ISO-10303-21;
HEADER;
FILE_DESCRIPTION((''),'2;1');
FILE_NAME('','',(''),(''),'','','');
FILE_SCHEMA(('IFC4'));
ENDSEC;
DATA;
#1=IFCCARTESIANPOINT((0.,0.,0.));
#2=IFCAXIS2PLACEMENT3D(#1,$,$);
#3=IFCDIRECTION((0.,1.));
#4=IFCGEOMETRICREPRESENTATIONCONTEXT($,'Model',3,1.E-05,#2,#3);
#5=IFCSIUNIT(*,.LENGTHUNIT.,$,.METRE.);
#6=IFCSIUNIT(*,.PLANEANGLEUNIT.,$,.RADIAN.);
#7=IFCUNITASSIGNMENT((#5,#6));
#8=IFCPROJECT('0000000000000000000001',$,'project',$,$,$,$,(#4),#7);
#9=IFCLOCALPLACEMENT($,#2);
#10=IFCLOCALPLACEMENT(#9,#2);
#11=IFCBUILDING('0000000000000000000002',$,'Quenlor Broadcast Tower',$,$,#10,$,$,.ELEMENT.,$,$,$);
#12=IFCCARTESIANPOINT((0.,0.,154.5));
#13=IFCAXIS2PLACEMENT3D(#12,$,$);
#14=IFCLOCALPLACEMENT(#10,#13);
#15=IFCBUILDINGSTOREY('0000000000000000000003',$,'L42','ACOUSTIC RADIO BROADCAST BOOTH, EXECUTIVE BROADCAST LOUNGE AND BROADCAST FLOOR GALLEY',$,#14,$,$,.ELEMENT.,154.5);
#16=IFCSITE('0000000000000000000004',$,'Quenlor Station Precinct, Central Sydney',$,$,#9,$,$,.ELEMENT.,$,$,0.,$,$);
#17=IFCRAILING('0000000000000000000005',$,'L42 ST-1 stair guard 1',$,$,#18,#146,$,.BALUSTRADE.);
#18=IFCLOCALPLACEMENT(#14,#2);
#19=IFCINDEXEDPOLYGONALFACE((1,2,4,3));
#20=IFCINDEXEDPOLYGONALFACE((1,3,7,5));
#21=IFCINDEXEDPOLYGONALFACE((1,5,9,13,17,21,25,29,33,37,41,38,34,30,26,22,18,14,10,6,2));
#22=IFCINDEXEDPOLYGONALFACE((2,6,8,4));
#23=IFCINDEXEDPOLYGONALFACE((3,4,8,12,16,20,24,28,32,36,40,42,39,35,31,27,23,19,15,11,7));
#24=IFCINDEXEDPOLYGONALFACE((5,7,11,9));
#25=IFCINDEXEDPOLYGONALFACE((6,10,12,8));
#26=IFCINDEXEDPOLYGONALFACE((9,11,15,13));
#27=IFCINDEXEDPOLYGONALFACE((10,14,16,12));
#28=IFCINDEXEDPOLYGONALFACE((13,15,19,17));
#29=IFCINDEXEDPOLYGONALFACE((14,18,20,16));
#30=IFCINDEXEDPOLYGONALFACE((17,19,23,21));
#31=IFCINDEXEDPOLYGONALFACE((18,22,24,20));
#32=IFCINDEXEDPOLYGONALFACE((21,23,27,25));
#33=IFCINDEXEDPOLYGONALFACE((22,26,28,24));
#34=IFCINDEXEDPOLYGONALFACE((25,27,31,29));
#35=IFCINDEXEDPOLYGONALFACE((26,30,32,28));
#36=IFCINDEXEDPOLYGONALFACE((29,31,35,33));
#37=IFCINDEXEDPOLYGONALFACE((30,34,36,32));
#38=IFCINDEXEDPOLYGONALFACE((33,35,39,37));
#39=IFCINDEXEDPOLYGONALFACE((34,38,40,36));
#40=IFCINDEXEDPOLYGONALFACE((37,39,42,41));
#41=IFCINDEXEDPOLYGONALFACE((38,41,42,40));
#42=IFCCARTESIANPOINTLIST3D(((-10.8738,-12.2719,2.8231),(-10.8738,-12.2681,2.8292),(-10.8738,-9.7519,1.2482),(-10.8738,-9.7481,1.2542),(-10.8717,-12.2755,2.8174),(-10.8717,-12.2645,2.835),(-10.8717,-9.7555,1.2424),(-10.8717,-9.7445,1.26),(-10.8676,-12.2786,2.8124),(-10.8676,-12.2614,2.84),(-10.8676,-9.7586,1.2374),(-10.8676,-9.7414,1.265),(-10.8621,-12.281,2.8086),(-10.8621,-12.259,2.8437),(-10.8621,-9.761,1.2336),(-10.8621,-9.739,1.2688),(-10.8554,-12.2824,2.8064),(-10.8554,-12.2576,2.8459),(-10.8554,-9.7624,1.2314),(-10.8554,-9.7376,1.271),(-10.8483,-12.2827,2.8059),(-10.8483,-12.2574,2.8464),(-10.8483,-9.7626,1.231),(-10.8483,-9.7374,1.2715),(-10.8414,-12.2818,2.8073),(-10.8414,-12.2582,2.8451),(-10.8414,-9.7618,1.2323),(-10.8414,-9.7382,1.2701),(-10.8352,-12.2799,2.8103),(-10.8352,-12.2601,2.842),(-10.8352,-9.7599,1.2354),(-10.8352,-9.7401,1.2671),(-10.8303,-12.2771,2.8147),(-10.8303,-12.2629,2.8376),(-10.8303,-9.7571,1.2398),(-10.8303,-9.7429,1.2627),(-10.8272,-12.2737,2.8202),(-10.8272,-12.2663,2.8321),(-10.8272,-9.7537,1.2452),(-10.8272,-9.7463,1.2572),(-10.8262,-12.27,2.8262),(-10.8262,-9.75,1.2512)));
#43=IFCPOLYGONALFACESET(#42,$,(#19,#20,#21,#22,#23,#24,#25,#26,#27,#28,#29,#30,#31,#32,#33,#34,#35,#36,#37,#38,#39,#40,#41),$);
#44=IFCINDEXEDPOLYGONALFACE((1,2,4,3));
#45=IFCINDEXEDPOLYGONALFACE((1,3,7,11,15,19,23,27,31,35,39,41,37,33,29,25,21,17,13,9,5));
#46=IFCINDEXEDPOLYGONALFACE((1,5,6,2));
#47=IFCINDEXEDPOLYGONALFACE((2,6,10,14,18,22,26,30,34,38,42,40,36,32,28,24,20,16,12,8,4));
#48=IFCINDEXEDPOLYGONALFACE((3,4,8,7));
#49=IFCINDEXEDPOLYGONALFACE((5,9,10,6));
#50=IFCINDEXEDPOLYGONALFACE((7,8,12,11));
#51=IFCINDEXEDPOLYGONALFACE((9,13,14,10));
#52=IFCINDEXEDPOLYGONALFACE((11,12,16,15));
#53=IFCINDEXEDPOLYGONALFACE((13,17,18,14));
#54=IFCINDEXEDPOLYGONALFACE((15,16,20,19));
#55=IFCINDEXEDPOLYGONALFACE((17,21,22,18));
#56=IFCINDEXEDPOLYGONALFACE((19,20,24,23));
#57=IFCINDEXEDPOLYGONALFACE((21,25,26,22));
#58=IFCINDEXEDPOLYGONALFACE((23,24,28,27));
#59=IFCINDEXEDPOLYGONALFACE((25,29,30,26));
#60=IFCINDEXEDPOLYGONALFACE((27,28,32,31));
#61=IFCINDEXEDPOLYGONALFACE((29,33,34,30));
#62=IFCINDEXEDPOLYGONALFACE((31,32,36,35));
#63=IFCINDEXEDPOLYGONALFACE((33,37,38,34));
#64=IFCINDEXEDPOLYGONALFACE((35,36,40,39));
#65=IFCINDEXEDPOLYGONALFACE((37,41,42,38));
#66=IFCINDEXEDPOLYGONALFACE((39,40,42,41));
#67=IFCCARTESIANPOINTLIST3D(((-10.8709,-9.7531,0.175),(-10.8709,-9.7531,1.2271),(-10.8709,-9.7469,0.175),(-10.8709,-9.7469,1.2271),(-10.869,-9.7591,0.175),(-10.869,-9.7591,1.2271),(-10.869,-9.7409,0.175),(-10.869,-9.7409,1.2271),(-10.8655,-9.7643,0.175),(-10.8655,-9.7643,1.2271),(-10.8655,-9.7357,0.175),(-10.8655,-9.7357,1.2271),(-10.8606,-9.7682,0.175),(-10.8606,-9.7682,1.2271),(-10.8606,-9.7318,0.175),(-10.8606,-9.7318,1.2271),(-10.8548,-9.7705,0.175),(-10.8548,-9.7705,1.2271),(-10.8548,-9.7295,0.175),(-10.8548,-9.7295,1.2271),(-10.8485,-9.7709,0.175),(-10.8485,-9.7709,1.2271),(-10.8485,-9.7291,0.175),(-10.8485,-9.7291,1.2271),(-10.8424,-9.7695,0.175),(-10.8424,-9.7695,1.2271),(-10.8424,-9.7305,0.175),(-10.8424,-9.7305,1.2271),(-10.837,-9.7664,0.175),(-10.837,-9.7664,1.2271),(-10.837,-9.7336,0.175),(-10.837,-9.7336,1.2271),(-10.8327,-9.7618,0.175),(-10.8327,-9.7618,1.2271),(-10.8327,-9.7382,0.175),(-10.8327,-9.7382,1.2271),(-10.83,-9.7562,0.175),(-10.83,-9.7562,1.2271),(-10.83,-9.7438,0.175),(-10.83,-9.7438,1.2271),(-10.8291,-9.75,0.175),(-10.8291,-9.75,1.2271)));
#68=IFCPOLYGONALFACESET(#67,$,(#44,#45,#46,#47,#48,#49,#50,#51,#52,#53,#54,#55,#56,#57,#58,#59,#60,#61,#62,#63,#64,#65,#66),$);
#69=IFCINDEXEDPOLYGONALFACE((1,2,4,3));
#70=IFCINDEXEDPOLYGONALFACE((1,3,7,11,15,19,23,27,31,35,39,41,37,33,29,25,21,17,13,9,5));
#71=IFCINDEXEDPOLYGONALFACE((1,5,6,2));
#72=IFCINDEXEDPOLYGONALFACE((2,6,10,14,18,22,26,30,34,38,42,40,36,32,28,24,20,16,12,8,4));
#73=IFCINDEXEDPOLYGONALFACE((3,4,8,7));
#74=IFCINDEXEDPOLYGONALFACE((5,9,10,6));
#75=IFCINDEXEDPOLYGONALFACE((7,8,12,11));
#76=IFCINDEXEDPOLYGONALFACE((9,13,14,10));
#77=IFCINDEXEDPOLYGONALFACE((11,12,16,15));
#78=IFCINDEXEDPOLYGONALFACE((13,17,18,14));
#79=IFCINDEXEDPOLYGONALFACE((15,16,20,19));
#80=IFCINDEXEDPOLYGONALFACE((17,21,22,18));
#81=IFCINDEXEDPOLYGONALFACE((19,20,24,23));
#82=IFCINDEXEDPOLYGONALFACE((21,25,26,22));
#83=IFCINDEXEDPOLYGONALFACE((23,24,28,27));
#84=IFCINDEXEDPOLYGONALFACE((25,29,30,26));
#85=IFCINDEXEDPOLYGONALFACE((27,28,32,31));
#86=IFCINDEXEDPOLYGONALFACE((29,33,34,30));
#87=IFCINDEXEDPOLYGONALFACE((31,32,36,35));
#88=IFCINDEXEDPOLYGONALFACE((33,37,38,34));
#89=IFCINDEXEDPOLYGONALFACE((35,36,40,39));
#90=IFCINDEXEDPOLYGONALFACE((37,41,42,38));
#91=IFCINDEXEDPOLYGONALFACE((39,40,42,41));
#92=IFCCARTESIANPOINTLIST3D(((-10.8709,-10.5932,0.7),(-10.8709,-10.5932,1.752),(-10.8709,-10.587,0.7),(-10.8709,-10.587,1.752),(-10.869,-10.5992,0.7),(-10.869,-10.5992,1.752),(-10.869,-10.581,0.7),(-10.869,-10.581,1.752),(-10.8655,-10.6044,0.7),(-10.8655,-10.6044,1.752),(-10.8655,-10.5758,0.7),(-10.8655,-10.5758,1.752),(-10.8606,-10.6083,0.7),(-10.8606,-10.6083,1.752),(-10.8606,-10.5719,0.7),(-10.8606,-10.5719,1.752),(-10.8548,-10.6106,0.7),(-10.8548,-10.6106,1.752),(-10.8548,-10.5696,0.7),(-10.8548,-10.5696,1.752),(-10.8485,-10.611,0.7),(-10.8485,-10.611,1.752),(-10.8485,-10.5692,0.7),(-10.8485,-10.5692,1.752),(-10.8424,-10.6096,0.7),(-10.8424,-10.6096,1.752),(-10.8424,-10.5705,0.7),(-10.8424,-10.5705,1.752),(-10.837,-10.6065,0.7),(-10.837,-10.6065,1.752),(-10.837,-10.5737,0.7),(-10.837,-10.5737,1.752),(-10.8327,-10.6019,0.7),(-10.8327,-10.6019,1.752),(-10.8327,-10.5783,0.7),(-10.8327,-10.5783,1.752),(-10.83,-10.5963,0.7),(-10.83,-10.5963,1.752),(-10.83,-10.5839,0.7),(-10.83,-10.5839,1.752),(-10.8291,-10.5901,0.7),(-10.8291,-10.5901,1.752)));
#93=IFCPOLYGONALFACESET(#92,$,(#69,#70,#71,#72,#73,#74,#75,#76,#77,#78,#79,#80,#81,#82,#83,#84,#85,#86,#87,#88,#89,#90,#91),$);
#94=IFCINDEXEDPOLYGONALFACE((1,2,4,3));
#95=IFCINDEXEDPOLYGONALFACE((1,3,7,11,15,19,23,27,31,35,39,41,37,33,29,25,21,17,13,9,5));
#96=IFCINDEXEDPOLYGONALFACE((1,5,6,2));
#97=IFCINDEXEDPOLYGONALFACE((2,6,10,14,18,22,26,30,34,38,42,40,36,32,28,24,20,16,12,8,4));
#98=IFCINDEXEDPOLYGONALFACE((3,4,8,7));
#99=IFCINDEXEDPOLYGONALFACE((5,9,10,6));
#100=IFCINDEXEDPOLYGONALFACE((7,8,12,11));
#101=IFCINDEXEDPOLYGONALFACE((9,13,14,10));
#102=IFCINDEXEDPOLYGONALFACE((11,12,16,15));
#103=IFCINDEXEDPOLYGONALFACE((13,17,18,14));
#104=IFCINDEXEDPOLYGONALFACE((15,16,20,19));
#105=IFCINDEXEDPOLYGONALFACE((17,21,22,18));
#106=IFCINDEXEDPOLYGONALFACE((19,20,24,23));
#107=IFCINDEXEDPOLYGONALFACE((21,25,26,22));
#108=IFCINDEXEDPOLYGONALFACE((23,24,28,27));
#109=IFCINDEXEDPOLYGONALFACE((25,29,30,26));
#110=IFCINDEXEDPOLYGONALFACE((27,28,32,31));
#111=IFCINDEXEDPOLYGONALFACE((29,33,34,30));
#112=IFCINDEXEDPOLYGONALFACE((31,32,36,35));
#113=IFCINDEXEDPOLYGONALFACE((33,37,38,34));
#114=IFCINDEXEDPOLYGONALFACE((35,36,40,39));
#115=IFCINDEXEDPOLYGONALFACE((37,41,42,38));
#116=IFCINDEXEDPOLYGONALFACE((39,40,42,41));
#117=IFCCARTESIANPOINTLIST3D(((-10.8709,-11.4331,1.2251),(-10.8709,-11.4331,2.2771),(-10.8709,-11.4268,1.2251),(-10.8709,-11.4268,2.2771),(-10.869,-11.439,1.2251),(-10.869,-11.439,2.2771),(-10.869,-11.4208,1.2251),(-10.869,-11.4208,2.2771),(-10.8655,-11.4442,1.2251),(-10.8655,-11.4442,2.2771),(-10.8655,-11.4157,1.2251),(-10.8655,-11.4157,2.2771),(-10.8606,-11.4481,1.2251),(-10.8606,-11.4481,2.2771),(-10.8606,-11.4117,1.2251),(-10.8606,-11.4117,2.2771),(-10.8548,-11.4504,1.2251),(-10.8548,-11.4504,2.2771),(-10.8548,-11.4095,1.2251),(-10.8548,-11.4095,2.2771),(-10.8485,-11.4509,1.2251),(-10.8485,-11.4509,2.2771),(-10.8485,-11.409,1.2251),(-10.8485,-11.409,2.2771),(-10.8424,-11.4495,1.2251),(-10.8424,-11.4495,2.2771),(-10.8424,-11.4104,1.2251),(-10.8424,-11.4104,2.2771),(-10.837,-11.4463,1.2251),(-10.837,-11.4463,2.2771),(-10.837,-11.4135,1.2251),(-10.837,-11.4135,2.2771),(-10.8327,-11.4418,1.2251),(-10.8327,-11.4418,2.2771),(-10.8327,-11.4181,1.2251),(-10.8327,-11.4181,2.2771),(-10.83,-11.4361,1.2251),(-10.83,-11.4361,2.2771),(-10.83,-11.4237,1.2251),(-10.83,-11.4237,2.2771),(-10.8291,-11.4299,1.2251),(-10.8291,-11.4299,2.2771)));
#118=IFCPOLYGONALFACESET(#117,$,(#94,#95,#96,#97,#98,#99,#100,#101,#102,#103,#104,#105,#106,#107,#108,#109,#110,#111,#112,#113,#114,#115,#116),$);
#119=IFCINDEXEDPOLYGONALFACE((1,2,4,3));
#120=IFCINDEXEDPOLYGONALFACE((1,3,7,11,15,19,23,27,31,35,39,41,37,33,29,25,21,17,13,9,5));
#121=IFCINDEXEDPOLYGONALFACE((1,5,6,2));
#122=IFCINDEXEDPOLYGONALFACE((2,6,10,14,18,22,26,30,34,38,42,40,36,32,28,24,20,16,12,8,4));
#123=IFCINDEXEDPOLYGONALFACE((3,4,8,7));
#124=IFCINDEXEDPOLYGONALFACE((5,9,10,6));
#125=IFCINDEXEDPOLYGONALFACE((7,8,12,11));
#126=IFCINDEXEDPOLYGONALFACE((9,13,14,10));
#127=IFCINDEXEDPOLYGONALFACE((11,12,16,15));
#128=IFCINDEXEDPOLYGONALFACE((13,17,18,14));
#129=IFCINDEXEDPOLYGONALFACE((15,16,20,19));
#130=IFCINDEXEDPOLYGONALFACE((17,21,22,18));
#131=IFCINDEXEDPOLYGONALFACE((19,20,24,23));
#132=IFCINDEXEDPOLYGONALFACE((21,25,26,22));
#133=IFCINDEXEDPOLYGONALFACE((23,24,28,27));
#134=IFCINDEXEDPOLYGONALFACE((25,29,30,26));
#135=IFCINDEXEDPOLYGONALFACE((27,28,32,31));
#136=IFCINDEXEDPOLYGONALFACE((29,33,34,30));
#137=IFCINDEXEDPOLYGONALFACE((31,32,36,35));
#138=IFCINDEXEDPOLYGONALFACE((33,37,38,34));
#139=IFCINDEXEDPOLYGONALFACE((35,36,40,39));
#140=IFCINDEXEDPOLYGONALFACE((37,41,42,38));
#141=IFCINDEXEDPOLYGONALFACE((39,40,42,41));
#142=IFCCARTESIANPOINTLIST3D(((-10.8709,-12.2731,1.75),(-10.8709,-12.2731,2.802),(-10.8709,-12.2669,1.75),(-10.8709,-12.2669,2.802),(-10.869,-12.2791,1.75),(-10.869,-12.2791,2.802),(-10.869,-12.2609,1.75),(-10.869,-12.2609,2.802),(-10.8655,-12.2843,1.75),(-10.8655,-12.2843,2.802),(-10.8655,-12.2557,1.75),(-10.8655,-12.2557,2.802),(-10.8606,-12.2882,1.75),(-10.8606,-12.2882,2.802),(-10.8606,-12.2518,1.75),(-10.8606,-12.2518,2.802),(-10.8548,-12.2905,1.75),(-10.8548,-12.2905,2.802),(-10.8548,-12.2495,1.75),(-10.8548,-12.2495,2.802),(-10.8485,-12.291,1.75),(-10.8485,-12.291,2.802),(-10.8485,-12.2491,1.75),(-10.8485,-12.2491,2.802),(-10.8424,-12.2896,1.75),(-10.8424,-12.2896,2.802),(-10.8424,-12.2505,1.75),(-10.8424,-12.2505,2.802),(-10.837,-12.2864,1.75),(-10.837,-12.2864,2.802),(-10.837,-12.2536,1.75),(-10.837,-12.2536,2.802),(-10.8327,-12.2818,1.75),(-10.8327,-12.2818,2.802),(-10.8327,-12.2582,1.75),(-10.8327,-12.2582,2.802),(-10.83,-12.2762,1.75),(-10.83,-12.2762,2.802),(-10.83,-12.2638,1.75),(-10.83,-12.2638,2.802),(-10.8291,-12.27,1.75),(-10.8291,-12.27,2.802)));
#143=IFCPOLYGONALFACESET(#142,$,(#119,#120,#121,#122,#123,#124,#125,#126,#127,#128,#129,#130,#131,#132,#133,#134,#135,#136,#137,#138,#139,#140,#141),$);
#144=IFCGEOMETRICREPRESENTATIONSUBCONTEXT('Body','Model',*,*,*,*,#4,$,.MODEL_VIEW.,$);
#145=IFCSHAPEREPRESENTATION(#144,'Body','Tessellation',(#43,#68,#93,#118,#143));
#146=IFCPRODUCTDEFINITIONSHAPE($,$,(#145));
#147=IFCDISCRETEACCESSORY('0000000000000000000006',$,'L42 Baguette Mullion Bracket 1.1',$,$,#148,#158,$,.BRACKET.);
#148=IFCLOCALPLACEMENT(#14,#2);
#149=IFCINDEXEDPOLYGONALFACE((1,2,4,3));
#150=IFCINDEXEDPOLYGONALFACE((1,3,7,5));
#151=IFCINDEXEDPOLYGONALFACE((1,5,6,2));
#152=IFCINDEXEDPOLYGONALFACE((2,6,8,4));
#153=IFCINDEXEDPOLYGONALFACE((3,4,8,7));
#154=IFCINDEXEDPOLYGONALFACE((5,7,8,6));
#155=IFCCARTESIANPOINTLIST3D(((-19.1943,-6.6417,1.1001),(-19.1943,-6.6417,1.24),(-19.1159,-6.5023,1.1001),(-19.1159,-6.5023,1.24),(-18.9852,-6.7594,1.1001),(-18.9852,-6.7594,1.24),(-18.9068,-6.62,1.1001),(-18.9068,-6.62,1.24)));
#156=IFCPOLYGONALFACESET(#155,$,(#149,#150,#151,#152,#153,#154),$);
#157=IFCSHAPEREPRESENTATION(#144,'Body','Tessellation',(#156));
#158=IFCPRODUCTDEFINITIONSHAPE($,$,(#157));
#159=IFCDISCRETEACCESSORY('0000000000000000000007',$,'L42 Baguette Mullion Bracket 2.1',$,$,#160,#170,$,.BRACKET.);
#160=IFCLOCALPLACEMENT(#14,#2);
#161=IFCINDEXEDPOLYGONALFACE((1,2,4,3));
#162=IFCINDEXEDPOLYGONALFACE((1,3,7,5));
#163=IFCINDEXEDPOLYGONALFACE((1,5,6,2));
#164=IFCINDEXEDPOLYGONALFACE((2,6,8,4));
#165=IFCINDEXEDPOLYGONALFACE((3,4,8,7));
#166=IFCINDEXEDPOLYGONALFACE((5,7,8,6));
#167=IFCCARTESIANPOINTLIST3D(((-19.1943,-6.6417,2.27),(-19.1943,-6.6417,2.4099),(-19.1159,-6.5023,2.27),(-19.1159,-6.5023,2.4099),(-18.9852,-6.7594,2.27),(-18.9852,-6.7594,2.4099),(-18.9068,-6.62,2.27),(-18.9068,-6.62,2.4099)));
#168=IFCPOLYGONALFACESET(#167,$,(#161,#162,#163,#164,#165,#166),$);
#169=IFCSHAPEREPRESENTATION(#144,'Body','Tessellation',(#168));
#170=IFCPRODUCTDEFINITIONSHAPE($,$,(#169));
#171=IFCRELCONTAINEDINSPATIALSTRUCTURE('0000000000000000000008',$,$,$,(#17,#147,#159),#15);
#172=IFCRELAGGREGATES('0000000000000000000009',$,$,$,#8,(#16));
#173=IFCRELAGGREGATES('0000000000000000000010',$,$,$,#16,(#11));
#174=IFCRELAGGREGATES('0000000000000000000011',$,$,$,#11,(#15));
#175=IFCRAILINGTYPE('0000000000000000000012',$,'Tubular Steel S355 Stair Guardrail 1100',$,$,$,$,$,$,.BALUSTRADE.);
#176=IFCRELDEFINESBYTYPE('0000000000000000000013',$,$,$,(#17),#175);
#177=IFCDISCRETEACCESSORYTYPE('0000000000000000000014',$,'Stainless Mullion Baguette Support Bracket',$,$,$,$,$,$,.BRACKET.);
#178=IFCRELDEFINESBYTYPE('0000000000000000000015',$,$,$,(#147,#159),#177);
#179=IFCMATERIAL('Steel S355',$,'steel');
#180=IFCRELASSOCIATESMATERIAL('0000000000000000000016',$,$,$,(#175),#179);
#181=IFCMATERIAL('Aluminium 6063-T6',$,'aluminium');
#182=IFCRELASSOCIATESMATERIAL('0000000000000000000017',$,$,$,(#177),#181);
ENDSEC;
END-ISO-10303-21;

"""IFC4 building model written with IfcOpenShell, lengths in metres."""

from ifc_helpers import new_model, si_unit, direction, frame, origin, origin_2d, place, context, subcontext, project, spatial, rectangle, circle, extrude, material, type_object, element, save


model = new_model("IFC4")

# Units and contexts
model_context = context("Model", 3, precision=1e-05, world=origin(), true_north=direction((0.0, 1.0)))
body_context = subcontext(model_context, "Body", "Model", "MODEL_VIEW")
ifc_project = project(units=[si_unit("LENGTHUNIT", "METRE"), si_unit("PLANEANGLEUNIT", "RADIAN")], contexts=[model_context])

# Site, building, storey
site_placement = place(None, origin())
site = spatial("IfcSite", under=ifc_project, at=site_placement, Name="Quenlor Station Precinct, Central Sydney", CompositionType="ELEMENT", RefElevation=0.0)
building_placement = place(site_placement, origin())
building = spatial("IfcBuilding", under=site, at=building_placement, Name="Quenlor Broadcast Tower", CompositionType="ELEMENT")
storey_placement = place(building_placement, frame((0.0, 0.0, 154.5)))
storey = spatial("IfcBuildingStorey", under=building, at=storey_placement, Name="L42", Description="ACOUSTIC RADIO BROADCAST BOOTH, EXECUTIVE BROADCAST LOUNGE AND BROADCAST FLOOR GALLEY", CompositionType="ELEMENT", Elevation=154.5)

# Railing
ifc_material_1 = material(Name="Steel S355", Category="steel")
railing_type_1 = type_object("IfcRailingType", Name="Tubular Steel S355 Stair Guardrail 1100", PredefinedType="BALUSTRADE", material=ifc_material_1)
railing_1_placement = place(storey_placement, frame((-10.8501, -9.75, 0.175)))
element("IfcRailing", 1, at=railing_1_placement, inside=storey, type_object=railing_type_1, Name="L42 ST-1 stair guard 1", PredefinedType="BALUSTRADE", context=body_context, shape_type="SweptSolid", body=[
    extrude(circle(Radius=0.0239, at=origin_2d()), frame((0.0, 0.0, 1.0762), z_axis=(0.0, -0.848008, 0.529984), x_axis=(1.0, 0.0, 0.0)), (0.0, 0.0, 1.0), 2.9717),
    extrude(circle(Radius=0.021, at=origin_2d()), origin(), (0.0, 0.0, 1.0), 1.052),
    extrude(circle(Radius=0.021, at=origin_2d()), frame((0.0, -0.8401, 0.5249)), (0.0, 0.0, 1.0), 1.052),
    extrude(circle(Radius=0.021, at=origin_2d()), frame((0.0, -1.6799, 1.05)), (0.0, 0.0, 1.0), 1.052),
    extrude(circle(Radius=0.021, at=origin_2d()), frame((0.0, -2.52, 1.575)), (0.0, 0.0, 1.0), 1.052),
])

# Discrete accessories
ifc_material_2 = material(Name="Aluminium 6063-T6", Category="aluminium")
discrete_accessory_type = type_object("IfcDiscreteAccessoryType", Name="Stainless Mullion Baguette Support Bracket", PredefinedType="BRACKET", material=ifc_material_2)
for number, where, z_axis, x_axis, name in (
    (2, (-19.0505, -6.6309, 1.1001), (0.0, 0.0, 1.0), (0.490259, 0.871577, 0.0), "L42 Baguette Mullion Bracket 1.1"),
    (3, (-19.0505, -6.6309, 2.27), (0.0, 0.0, 1.0), (0.490259, 0.871577, 0.0), "L42 Baguette Mullion Bracket 2.1"),
):
    element("IfcDiscreteAccessory", number, at=place(storey_placement, frame(where, z_axis=z_axis, x_axis=x_axis)), inside=storey, type_object=discrete_accessory_type, Name=name, PredefinedType="BRACKET", context=body_context, shape_type="SweptSolid", body=[
        extrude(rectangle(XDim=0.1599, YDim=0.24, at=origin_2d()), origin(), (0.0, 0.0, 1.0), 0.1399),
    ])

save(model, "model.ifc")
